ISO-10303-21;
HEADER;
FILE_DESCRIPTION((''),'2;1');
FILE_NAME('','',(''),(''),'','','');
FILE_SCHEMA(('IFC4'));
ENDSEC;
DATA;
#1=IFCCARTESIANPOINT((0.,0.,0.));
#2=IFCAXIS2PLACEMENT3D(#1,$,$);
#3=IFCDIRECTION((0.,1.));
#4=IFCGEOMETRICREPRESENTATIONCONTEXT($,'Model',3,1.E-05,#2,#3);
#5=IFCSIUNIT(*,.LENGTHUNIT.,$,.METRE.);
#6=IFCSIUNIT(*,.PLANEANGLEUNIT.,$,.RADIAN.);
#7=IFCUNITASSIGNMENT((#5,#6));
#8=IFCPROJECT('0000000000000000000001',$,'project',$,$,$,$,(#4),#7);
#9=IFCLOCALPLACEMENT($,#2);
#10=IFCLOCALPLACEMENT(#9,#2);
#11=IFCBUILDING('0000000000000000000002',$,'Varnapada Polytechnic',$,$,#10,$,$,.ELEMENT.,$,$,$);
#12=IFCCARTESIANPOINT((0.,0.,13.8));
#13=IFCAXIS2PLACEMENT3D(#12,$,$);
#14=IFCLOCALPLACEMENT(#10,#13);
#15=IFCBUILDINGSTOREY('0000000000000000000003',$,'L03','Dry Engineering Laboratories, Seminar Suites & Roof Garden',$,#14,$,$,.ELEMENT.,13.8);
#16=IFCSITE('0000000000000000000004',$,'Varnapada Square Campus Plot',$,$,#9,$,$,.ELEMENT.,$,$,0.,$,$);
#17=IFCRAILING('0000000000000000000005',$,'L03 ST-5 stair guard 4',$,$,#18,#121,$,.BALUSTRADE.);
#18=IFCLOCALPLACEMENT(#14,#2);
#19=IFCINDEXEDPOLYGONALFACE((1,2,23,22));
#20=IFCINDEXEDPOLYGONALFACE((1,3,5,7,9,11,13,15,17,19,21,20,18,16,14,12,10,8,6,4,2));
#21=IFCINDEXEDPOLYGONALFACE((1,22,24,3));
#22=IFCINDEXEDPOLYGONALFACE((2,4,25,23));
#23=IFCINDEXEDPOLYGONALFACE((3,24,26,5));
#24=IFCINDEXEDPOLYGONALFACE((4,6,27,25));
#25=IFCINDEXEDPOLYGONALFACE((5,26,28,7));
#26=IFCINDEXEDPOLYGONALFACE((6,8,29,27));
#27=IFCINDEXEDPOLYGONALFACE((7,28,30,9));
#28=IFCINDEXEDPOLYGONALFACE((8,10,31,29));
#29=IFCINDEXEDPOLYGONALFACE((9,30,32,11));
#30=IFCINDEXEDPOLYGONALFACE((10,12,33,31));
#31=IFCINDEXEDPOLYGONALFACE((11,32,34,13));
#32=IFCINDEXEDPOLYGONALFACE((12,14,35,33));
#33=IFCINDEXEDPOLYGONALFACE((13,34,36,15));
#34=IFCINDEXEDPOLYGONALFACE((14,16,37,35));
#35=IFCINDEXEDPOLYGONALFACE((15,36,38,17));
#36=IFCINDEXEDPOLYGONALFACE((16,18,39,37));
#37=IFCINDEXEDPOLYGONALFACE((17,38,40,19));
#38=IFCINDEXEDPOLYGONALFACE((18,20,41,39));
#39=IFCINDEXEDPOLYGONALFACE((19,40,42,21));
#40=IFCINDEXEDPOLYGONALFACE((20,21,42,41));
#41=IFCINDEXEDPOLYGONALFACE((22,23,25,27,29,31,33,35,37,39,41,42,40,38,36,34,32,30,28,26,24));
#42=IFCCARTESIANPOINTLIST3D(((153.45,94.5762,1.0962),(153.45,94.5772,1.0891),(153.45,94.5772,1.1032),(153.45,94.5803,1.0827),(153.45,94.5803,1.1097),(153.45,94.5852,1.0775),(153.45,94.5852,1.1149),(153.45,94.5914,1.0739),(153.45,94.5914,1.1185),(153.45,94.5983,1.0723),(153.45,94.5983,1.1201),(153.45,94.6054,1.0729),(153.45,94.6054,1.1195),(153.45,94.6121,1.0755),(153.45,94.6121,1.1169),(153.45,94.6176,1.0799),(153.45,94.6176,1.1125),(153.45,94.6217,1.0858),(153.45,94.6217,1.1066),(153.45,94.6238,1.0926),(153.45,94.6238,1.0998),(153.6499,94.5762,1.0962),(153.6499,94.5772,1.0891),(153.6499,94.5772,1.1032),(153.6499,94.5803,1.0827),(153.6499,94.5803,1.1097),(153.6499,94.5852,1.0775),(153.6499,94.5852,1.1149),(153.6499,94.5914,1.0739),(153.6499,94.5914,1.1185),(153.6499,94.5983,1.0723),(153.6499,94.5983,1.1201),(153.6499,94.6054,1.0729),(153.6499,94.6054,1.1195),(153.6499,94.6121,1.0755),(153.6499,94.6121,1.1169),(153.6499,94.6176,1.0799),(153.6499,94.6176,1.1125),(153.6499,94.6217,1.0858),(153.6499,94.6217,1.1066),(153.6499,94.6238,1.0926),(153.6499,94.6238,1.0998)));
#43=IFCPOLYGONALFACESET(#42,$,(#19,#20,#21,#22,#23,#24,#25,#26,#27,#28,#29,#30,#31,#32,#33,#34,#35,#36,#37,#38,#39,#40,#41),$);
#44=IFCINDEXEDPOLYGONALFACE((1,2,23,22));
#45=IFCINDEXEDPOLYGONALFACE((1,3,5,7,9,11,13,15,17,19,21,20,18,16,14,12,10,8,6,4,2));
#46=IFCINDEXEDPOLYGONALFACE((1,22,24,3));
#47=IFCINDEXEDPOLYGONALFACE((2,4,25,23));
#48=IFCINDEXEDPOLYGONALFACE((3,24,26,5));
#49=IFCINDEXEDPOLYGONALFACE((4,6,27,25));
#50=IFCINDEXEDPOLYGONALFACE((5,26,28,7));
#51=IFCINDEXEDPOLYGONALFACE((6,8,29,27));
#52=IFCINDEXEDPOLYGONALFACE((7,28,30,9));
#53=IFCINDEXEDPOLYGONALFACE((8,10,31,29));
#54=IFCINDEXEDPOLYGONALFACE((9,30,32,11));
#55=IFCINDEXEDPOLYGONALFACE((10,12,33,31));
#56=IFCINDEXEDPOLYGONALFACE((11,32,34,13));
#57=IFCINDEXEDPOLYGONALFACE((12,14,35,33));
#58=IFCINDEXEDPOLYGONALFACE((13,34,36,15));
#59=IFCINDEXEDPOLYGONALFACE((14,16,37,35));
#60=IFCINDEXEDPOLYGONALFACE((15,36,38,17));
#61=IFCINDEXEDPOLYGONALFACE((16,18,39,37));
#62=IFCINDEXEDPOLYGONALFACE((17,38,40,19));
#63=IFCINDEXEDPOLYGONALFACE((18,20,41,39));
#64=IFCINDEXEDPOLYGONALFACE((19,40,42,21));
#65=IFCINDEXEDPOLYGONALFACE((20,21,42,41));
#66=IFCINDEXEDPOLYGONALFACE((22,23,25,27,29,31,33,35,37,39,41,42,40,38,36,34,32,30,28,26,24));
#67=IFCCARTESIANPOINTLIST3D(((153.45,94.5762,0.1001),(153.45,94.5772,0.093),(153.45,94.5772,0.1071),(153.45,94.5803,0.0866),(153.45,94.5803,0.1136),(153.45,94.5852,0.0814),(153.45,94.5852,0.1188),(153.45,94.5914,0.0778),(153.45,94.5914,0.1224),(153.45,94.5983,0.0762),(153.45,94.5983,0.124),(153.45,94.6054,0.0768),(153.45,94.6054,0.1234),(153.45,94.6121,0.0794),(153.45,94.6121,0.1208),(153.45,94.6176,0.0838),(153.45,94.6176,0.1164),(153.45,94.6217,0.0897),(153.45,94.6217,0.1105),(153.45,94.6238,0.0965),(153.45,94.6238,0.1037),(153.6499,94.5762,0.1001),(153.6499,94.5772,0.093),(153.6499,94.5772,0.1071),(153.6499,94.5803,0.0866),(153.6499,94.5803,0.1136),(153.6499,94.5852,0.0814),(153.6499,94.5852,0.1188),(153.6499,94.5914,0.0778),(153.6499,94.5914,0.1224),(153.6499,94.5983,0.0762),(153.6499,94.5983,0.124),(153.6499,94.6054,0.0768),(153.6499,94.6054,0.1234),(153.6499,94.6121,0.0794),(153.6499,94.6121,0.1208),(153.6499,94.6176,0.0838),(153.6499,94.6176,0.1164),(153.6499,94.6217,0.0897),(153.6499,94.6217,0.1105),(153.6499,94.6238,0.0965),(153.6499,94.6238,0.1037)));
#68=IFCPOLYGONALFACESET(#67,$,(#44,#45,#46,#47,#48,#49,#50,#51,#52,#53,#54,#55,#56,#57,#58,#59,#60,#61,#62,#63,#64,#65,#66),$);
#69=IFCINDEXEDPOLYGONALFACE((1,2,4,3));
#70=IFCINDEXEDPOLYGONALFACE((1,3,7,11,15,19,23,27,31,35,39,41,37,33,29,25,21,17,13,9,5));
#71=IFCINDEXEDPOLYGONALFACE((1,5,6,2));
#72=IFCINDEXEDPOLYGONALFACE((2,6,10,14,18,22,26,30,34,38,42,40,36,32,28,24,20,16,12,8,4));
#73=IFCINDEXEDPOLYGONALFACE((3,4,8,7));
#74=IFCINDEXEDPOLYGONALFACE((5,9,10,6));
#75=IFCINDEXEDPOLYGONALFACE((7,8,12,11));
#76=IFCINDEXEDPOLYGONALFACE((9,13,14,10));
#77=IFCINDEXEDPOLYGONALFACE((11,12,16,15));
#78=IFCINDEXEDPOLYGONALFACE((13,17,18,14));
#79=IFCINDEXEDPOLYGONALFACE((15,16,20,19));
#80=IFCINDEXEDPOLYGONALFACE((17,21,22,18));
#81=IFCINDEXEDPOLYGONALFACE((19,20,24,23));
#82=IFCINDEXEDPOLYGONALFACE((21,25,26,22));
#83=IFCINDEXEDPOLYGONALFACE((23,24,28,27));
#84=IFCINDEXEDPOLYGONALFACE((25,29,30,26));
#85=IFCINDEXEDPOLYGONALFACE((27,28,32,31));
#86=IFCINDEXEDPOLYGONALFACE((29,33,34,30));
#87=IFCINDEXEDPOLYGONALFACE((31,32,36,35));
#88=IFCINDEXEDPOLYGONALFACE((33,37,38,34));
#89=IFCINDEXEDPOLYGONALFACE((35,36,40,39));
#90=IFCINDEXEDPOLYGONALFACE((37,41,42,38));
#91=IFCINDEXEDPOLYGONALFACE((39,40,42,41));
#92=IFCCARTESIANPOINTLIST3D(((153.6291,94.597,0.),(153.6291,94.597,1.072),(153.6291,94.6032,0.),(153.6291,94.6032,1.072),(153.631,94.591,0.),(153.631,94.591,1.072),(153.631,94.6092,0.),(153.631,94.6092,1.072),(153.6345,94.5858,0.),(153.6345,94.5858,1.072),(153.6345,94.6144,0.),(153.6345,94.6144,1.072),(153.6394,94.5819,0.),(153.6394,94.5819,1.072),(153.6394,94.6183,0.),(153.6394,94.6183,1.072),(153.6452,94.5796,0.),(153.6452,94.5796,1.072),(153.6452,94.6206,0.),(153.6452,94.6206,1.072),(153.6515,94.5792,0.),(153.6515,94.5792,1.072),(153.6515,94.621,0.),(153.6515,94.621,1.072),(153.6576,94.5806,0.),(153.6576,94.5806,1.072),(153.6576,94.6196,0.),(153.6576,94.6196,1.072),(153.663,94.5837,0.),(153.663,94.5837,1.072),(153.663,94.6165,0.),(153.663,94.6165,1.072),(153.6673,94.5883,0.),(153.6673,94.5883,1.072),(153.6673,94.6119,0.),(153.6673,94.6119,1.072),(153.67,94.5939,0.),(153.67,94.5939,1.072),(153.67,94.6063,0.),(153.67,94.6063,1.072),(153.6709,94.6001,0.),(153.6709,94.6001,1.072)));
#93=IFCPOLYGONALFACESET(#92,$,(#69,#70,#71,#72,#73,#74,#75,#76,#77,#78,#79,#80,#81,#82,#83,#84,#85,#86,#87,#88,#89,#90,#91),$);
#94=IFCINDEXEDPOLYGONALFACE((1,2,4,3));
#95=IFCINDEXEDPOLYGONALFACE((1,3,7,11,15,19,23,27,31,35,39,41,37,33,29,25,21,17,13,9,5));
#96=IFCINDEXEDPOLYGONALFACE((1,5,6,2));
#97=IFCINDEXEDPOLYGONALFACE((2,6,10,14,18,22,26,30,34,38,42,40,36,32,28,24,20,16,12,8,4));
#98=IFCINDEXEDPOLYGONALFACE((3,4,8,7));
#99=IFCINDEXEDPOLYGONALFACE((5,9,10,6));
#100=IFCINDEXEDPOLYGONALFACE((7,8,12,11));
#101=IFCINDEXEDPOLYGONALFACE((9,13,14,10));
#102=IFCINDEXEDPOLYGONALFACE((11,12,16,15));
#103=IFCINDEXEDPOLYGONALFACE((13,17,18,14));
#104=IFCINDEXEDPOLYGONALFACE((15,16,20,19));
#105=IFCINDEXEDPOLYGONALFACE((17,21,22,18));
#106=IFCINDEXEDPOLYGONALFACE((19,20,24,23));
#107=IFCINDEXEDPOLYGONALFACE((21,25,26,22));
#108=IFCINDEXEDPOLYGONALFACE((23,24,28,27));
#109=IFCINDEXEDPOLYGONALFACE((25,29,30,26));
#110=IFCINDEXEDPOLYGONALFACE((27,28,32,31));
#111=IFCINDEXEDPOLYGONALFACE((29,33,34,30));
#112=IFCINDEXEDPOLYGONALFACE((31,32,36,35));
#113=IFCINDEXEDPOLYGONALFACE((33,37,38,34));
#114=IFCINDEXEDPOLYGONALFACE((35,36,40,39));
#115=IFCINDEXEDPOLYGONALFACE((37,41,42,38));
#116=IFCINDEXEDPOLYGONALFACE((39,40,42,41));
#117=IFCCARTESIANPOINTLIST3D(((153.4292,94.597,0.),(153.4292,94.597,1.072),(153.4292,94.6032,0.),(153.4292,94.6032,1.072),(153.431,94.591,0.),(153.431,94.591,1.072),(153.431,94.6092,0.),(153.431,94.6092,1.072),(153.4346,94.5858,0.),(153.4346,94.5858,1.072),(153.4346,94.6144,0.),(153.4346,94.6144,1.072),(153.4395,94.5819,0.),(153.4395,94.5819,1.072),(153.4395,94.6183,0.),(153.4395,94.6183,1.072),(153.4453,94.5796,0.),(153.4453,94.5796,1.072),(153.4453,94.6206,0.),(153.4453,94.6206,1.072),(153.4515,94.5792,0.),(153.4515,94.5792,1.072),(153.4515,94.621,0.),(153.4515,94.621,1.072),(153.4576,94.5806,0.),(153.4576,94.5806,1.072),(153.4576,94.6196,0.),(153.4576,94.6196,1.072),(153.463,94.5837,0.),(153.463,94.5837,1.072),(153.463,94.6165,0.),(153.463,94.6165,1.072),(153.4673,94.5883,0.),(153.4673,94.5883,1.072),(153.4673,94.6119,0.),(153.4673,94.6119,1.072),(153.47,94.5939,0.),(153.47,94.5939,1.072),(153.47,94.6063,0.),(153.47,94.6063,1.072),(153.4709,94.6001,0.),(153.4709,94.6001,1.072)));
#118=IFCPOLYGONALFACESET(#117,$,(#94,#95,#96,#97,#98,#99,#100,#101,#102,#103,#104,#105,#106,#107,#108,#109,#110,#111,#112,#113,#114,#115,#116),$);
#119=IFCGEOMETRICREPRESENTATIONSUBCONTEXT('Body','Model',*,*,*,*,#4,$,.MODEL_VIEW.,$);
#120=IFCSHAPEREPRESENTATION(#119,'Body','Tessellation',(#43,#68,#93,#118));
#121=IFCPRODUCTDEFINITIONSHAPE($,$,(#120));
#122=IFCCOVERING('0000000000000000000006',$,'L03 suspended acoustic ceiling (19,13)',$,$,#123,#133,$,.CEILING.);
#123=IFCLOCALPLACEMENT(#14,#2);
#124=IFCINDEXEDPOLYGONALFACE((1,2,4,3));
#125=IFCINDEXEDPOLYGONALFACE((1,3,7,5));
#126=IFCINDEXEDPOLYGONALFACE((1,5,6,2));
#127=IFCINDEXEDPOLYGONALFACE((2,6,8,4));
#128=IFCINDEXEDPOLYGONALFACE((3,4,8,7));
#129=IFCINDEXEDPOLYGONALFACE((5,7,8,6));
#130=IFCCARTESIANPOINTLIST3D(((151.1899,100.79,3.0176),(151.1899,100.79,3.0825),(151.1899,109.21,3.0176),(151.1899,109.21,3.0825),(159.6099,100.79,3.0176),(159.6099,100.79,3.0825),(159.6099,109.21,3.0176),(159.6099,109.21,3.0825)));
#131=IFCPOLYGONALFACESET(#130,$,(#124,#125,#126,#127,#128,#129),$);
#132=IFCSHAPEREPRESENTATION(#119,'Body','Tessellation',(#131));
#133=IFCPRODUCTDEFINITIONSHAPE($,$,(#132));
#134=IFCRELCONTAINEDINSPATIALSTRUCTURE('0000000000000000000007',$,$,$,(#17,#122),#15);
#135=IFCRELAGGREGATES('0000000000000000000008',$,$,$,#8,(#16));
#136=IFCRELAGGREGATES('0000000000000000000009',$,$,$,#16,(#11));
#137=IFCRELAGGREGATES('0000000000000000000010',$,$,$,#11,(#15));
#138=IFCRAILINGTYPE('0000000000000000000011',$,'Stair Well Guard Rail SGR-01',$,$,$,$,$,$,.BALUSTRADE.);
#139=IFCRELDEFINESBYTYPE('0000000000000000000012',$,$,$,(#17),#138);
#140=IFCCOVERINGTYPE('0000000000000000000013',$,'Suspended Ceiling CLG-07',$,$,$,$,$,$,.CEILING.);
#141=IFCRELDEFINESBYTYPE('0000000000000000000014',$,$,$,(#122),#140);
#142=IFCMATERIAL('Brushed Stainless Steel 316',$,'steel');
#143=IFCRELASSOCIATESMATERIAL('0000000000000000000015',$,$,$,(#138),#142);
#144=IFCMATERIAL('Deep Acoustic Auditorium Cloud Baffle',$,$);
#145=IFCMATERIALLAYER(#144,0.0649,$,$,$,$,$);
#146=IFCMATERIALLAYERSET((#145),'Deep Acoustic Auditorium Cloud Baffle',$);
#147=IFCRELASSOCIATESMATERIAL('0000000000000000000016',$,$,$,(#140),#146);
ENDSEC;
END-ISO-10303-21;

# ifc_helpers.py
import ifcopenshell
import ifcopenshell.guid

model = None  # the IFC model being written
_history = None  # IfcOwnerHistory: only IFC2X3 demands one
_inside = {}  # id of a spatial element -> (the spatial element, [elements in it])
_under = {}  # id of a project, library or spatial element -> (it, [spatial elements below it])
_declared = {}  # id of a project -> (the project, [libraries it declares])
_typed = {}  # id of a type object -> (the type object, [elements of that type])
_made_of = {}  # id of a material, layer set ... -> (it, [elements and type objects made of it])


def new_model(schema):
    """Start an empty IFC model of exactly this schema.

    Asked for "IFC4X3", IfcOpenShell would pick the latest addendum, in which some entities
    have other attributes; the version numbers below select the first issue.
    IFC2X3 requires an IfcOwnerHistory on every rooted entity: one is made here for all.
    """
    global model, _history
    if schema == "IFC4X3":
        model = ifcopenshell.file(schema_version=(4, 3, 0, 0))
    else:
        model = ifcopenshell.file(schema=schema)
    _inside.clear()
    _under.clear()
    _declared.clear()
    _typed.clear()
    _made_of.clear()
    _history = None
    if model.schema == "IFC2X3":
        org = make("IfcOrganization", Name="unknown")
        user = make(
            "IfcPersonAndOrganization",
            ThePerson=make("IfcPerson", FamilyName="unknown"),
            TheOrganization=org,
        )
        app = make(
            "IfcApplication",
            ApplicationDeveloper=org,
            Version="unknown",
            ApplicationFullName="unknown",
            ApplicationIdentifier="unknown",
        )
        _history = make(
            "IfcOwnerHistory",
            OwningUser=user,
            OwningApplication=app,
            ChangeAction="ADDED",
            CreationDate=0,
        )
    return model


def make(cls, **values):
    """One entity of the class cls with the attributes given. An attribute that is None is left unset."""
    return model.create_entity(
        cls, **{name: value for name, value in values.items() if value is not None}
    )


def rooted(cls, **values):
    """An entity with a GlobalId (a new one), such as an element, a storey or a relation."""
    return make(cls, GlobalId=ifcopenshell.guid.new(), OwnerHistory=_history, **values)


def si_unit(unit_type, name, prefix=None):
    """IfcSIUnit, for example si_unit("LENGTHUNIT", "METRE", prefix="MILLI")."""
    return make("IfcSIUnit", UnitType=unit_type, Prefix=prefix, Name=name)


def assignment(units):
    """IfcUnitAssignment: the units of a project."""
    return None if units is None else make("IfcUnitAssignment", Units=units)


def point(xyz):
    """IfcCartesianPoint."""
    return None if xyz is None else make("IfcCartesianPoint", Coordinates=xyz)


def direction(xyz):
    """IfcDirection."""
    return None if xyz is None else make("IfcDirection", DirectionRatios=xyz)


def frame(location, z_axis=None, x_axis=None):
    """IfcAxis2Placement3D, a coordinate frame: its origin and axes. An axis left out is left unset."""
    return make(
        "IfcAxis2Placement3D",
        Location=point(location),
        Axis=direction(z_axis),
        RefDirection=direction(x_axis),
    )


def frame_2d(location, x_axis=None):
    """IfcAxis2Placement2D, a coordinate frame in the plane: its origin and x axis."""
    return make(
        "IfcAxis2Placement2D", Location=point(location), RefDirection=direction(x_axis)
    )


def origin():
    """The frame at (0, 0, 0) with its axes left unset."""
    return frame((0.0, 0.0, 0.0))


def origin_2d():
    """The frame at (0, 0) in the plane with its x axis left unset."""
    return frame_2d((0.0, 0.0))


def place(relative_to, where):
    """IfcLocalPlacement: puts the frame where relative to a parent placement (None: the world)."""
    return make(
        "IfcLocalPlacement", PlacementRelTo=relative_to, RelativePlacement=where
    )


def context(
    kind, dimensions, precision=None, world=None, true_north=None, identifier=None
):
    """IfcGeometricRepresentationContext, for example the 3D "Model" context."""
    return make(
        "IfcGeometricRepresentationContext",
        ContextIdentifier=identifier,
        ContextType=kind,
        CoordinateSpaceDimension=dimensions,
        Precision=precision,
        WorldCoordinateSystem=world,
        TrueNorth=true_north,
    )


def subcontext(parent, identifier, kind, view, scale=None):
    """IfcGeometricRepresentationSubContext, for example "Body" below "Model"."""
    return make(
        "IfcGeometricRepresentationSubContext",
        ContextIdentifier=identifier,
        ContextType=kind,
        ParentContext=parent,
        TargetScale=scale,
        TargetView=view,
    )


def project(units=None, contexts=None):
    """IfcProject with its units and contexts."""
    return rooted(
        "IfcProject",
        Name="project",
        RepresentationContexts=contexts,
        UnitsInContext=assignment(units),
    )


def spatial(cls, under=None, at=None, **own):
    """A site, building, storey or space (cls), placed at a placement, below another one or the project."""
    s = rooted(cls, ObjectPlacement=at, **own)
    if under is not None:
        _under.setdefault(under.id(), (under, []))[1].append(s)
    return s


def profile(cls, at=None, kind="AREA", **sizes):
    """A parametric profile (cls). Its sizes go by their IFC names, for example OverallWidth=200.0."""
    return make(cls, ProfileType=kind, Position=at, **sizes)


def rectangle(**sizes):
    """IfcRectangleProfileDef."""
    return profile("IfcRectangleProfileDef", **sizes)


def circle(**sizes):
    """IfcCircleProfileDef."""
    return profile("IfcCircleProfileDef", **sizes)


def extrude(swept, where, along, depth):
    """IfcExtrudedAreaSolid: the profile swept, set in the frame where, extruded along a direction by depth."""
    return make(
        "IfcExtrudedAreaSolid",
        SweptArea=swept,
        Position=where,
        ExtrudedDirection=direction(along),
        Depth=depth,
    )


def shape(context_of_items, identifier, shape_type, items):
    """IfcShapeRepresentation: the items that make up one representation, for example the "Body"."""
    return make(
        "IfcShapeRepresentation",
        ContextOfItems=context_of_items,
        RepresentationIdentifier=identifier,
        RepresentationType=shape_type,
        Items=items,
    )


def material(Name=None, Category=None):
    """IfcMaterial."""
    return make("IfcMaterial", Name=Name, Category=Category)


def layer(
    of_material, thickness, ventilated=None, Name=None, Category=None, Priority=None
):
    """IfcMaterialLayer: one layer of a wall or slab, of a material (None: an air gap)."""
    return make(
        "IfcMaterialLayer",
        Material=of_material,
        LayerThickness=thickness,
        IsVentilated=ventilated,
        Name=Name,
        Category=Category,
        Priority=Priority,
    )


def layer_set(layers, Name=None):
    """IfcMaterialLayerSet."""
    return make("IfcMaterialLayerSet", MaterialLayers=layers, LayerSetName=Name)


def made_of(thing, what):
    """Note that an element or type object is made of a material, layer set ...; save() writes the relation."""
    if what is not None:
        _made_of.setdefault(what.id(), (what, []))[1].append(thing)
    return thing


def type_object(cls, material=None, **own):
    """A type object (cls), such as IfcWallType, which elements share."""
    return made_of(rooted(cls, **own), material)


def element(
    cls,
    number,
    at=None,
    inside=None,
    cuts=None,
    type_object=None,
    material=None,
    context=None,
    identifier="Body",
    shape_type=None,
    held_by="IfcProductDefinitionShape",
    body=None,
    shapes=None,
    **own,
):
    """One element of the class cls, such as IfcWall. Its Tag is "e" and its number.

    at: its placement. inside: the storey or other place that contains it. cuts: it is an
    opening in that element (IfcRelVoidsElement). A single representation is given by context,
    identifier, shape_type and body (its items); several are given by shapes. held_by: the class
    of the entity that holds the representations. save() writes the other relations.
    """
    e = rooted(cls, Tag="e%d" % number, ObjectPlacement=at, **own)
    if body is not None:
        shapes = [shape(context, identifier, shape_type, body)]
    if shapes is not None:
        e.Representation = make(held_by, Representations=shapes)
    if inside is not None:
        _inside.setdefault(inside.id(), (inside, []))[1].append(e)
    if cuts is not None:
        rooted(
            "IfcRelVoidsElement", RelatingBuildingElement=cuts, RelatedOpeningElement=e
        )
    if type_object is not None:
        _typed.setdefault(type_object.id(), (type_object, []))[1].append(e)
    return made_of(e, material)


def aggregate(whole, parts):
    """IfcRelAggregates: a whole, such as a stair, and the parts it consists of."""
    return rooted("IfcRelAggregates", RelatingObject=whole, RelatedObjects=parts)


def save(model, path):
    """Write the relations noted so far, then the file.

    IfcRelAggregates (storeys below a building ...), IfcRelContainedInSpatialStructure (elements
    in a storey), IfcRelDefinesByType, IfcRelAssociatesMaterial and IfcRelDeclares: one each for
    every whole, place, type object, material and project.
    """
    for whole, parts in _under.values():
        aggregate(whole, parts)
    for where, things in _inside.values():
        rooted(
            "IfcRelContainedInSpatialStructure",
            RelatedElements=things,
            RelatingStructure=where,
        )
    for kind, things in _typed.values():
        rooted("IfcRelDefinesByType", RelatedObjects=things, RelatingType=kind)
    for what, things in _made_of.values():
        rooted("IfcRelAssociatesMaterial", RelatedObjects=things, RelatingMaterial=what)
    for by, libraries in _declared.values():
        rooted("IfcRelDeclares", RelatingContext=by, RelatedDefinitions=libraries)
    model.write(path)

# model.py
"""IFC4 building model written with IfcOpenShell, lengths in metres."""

from ifc_helpers import new_model, si_unit, direction, frame, origin, origin_2d, place, context, subcontext, project, spatial, rectangle, circle, extrude, material, layer, layer_set, type_object, element, save


model = new_model("IFC4")

# Units and contexts
model_context = context("Model", 3, precision=1e-05, world=origin(), true_north=direction((0.0, 1.0)))
body_context = subcontext(model_context, "Body", "Model", "MODEL_VIEW")
ifc_project = project(units=[si_unit("LENGTHUNIT", "METRE"), si_unit("PLANEANGLEUNIT", "RADIAN")], contexts=[model_context])

# Site, building, storey
site_placement = place(None, origin())
site = spatial("IfcSite", under=ifc_project, at=site_placement, Name="Varnapada Square Campus Plot", CompositionType="ELEMENT", RefElevation=0.0)
building_placement = place(site_placement, origin())
building = spatial("IfcBuilding", under=site, at=building_placement, Name="Varnapada Polytechnic", CompositionType="ELEMENT")
storey_placement = place(building_placement, frame((0.0, 0.0, 13.8)))
storey = spatial("IfcBuildingStorey", under=building, at=storey_placement, Name="L03", Description="Dry Engineering Laboratories, Seminar Suites & Roof Garden", CompositionType="ELEMENT", Elevation=13.8)

# Shared definitions
ifc_material_1 = material(Name="Brushed Stainless Steel 316", Category="steel")

# Railing
railing_type_1 = type_object("IfcRailingType", Name="Stair Well Guard Rail SGR-01", PredefinedType="BALUSTRADE", material=ifc_material_1)
railing_1_placement = place(storey_placement, frame((153.6499, 94.6001, 0.0)))
element("IfcRailing", 1, at=railing_1_placement, inside=storey, type_object=railing_type_1, Name="L03 ST-5 stair guard 4", PredefinedType="BALUSTRADE", context=body_context, shape_type="SweptSolid", body=[
    extrude(circle(Radius=0.0239, at=origin_2d()), frame((0.0, 0.0, 1.0962), z_axis=(-1.0, 0.0, 0.0), x_axis=(0.0, -1.0, 0.0)), (0.0, 0.0, 1.0), 0.2),
    extrude(circle(Radius=0.0239, at=origin_2d()), frame((0.0, 0.0, 0.1001), z_axis=(-1.0, 0.0, 0.0), x_axis=(0.0, -1.0, 0.0)), (0.0, 0.0, 1.0), 0.2),
    extrude(circle(Radius=0.021, at=origin_2d()), origin(), (0.0, 0.0, 1.0), 1.072),
    extrude(circle(Radius=0.021, at=origin_2d()), frame((-0.2, 0.0, 0.0)), (0.0, 0.0, 1.0), 1.072),
])

# Covering
ifc_material_2 = material(Name="Deep Acoustic Auditorium Cloud Baffle")
ifc_layer_1 = layer(ifc_material_2, 0.0649)
ifc_layer_set_1 = layer_set([ifc_layer_1], Name="Deep Acoustic Auditorium Cloud Baffle")
covering_type = type_object("IfcCoveringType", Name="Suspended Ceiling CLG-07", PredefinedType="CEILING", material=ifc_layer_set_1)
covering_placement = place(storey_placement, frame((155.3999, 105.0, 3.0176), z_axis=(0.0, 0.0, 1.0), x_axis=(1.0, 0.0, 0.0)))
element("IfcCovering", 2, at=covering_placement, inside=storey, type_object=covering_type, Name="L03 suspended acoustic ceiling (19,13)", PredefinedType="CEILING", context=body_context, shape_type="SweptSolid", body=[
    extrude(rectangle(XDim=8.4199, YDim=8.4199, at=origin_2d()), origin(), (0.0, 0.0, 1.0), 0.0649),
])

save(model, "model.ifc")
